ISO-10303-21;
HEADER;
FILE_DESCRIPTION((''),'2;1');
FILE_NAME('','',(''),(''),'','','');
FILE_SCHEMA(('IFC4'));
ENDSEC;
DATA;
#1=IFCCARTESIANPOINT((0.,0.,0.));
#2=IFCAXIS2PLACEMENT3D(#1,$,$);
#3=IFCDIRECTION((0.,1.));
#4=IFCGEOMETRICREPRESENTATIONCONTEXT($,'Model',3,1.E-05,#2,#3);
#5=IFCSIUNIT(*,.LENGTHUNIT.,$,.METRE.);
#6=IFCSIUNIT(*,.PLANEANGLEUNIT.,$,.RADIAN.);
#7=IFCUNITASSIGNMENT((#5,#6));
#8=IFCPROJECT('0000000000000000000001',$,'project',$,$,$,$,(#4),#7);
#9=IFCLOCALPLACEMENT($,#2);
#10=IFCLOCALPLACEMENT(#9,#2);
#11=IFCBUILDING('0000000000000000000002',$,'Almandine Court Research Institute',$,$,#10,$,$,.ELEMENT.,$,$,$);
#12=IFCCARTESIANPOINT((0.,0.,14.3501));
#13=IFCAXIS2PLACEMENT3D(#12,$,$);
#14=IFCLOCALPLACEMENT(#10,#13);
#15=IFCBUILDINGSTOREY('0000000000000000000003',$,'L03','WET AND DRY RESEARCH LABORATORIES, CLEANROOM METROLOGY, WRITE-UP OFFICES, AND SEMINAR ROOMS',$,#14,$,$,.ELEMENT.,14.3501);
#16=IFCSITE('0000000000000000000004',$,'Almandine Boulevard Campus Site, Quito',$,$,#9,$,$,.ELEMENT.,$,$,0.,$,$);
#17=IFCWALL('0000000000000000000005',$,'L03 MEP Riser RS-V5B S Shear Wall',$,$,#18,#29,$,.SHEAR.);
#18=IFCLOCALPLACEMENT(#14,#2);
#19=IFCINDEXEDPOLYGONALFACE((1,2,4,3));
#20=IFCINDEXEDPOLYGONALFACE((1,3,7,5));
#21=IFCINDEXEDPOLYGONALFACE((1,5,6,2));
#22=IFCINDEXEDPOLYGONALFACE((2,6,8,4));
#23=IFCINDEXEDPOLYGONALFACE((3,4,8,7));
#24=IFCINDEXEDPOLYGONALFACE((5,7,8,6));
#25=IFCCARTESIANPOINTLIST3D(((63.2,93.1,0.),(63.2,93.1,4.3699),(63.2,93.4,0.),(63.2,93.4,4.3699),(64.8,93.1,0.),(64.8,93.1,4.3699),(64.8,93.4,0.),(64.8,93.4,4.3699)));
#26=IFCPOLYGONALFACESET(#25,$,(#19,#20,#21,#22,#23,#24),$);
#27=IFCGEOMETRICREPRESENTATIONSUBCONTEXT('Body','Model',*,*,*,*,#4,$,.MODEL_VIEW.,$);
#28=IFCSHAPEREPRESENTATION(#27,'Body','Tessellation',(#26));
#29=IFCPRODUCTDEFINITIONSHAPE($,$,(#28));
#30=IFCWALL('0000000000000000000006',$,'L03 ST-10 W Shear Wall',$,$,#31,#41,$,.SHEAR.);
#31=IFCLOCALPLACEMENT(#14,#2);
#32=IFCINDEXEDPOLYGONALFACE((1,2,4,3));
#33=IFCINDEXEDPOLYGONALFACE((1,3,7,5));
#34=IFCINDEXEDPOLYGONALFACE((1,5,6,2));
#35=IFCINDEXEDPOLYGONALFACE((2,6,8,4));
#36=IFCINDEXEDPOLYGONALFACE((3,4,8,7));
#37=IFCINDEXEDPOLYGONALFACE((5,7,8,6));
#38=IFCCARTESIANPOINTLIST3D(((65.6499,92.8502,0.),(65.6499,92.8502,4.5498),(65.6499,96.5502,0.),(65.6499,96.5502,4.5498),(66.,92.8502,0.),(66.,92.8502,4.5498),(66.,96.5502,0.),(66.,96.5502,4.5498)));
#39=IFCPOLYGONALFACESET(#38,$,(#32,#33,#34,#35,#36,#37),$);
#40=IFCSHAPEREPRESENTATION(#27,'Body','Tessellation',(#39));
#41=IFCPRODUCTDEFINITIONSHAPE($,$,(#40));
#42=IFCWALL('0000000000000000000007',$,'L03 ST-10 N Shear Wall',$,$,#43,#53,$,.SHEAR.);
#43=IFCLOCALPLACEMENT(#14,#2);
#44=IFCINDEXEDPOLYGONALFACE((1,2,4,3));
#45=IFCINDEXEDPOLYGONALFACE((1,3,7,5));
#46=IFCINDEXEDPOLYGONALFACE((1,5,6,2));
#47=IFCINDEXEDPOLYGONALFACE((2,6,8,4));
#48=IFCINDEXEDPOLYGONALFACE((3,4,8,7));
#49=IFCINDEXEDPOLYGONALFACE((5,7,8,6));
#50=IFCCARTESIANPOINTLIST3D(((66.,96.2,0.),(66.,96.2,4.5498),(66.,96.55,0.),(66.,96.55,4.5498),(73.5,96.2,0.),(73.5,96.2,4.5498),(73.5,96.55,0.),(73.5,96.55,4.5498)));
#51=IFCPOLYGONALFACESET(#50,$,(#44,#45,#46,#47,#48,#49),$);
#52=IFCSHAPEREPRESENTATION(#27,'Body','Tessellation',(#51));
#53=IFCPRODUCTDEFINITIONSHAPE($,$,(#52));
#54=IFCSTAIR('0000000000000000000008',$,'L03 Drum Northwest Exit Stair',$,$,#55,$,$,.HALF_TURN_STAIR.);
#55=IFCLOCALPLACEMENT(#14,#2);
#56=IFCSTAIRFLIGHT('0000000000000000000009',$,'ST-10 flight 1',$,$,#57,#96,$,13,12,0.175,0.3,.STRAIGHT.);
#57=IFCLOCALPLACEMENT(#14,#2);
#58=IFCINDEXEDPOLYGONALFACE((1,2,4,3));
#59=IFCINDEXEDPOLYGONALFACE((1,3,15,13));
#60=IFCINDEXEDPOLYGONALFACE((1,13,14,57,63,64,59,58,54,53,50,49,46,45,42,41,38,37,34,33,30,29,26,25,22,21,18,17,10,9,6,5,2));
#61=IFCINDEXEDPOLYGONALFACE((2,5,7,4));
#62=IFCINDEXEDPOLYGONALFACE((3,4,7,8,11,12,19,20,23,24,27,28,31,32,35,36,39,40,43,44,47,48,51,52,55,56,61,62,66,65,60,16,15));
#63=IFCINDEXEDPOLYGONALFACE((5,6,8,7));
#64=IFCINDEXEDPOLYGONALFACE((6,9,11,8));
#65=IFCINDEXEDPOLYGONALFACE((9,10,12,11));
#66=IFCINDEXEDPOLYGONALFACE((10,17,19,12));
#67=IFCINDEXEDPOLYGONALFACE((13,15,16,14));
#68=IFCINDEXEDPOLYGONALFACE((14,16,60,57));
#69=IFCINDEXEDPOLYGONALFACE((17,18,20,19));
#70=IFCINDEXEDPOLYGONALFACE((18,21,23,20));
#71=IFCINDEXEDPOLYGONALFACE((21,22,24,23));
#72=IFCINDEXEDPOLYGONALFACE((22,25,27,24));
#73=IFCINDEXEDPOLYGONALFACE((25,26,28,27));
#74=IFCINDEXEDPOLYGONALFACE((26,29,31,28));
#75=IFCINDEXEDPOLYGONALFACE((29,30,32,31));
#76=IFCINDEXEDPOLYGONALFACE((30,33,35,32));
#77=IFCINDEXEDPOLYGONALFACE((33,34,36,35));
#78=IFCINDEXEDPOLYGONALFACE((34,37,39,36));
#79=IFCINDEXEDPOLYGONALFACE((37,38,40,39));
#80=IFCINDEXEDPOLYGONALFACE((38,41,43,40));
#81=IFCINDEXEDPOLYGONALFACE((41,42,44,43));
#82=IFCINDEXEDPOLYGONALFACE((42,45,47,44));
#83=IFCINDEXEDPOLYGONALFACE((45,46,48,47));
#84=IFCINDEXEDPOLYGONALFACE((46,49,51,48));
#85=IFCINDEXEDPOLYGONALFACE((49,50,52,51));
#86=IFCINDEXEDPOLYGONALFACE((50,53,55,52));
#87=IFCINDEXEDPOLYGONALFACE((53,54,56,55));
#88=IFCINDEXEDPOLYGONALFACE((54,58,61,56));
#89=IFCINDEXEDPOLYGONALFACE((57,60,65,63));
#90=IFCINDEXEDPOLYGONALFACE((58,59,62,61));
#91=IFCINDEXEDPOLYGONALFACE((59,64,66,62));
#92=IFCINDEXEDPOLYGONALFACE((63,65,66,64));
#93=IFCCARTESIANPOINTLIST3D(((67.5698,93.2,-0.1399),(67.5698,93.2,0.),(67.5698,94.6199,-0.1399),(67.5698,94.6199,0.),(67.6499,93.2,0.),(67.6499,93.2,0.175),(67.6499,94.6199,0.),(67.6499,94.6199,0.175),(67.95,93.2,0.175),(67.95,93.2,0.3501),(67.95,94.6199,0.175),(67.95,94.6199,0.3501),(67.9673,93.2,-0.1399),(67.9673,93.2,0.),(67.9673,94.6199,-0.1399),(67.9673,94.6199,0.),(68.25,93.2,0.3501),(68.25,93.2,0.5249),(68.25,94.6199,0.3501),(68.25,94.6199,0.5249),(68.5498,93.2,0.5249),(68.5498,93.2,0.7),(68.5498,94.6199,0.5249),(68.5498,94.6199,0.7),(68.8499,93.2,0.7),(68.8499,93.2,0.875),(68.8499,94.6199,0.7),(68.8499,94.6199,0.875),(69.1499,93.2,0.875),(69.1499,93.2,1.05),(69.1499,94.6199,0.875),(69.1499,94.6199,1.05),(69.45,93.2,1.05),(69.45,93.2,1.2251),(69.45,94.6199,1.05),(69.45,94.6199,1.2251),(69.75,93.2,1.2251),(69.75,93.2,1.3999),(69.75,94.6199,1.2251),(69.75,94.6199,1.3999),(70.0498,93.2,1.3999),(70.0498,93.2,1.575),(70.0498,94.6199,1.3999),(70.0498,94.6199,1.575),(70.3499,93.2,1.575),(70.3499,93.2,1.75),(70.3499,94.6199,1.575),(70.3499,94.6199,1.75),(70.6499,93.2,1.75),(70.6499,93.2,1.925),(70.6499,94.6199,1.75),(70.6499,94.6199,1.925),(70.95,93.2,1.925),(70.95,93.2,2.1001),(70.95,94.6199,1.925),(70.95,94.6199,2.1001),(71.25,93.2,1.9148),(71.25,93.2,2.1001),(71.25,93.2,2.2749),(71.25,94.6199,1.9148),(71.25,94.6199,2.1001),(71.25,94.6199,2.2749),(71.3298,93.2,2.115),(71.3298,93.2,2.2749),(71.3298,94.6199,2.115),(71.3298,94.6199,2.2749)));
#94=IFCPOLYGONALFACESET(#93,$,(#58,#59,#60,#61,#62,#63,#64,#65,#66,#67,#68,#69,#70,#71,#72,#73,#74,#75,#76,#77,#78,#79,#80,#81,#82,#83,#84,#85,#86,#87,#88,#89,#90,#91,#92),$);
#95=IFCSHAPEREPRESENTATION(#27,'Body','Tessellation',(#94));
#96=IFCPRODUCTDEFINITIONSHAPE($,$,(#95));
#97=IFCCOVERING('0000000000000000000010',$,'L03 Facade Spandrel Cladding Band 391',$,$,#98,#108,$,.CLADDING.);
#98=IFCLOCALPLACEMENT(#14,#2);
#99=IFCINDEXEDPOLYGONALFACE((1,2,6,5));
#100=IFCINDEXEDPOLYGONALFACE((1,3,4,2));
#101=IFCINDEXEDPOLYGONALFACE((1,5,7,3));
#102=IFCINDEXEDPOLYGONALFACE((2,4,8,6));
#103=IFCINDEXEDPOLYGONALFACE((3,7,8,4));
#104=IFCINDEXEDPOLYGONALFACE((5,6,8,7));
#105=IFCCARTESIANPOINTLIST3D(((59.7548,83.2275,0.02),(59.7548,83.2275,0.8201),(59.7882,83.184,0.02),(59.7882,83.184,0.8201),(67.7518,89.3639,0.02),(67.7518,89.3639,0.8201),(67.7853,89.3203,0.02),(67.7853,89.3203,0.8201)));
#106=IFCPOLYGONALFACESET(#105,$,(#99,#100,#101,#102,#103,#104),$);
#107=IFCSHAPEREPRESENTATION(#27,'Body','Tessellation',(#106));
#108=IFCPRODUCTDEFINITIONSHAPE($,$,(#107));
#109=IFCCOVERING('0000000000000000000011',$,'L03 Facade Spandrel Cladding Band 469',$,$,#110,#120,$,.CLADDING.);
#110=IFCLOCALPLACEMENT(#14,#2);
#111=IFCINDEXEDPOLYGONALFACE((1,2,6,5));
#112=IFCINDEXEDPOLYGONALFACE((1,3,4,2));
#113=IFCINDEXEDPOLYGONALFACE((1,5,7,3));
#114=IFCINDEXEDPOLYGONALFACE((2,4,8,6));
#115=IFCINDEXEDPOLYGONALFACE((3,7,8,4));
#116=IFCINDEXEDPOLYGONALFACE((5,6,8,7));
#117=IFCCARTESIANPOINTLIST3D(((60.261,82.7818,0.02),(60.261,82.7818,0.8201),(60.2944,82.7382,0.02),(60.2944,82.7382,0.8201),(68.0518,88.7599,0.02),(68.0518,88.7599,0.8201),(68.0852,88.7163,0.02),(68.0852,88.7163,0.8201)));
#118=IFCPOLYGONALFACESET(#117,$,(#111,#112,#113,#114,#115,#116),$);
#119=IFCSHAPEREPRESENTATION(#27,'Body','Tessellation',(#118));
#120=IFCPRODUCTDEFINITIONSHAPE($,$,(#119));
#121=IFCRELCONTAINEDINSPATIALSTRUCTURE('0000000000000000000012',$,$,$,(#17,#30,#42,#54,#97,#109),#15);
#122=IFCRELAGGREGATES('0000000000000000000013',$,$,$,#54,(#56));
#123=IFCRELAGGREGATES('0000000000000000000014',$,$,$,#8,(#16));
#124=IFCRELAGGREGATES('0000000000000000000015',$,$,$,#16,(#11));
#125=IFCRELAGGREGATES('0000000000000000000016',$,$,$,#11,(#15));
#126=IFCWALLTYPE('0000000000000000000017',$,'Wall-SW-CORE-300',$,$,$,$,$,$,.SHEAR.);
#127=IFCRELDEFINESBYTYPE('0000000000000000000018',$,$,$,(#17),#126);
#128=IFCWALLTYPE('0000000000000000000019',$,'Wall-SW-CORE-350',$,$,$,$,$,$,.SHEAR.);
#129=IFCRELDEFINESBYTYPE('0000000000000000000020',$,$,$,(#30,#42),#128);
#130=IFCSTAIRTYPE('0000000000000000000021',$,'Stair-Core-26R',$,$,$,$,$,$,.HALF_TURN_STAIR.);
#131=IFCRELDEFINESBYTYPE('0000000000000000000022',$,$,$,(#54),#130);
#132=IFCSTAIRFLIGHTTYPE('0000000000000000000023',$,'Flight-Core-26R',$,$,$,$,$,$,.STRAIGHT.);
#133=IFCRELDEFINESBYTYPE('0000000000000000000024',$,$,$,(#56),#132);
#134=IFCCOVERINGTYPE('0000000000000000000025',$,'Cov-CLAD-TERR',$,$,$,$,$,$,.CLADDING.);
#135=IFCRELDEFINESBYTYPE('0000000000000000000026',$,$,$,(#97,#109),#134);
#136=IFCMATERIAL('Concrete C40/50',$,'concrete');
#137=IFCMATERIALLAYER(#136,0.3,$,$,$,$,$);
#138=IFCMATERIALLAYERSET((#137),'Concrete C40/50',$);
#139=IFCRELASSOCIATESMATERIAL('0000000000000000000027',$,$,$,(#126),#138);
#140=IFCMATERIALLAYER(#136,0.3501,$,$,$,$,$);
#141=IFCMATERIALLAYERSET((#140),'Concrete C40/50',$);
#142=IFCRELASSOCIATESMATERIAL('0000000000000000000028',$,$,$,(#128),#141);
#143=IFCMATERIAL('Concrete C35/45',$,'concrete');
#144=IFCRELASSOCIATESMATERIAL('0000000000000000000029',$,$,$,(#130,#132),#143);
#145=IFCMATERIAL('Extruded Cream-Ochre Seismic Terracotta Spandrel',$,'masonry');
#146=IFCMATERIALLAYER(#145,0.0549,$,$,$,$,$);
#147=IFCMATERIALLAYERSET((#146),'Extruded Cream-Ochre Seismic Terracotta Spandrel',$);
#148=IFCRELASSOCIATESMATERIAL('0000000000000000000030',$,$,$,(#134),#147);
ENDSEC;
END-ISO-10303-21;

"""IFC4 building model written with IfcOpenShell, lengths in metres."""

from ifc_helpers import new_model, si_unit, direction, frame, frame_2d, origin, origin_2d, place, context, subcontext, project, spatial, polyline, rectangle, outline, extrude, material, layer, layer_set, type_object, element, aggregate, save


model = new_model("IFC4")

# Units and contexts
model_context = context("Model", 3, precision=1e-05, world=origin(), true_north=direction((0.0, 1.0)))
body_context = subcontext(model_context, "Body", "Model", "MODEL_VIEW")
ifc_project = project(units=[si_unit("LENGTHUNIT", "METRE"), si_unit("PLANEANGLEUNIT", "RADIAN")], contexts=[model_context])

# Site, building, storey
site_placement = place(None, origin())
site = spatial("IfcSite", under=ifc_project, at=site_placement, Name="Almandine Boulevard Campus Site, Quito", CompositionType="ELEMENT", RefElevation=0.0)
building_placement = place(site_placement, origin())
building = spatial("IfcBuilding", under=site, at=building_placement, Name="Almandine Court Research Institute", CompositionType="ELEMENT")
storey_placement = place(building_placement, frame((0.0, 0.0, 14.3501)))
storey = spatial("IfcBuildingStorey", under=building, at=storey_placement, Name="L03", Description="WET AND DRY RESEARCH LABORATORIES, CLEANROOM METROLOGY, WRITE-UP OFFICES, AND SEMINAR ROOMS", CompositionType="ELEMENT", Elevation=14.3501)

# Walls
ifc_material_1 = material(Name="Concrete C40/50", Category="concrete")
ifc_layer_1 = layer(ifc_material_1, 0.3)
ifc_layer_set_1 = layer_set([ifc_layer_1], Name="Concrete C40/50")
wall_type_1 = type_object("IfcWallType", Name="Wall-SW-CORE-300", PredefinedType="SHEAR", material=ifc_layer_set_1)
wall_1_placement = place(storey_placement, frame((64.8, 93.25, 0.0), z_axis=(0.0, 0.0, 1.0), x_axis=(-1.0, 0.0, 0.0)))
element("IfcWall", 1, at=wall_1_placement, inside=storey, type_object=wall_type_1, Name="L03 MEP Riser RS-V5B S Shear Wall", PredefinedType="SHEAR", context=body_context, shape_type="SweptSolid", body=[
    extrude(rectangle(XDim=1.6001, YDim=0.3, at=frame_2d((0.8, 0.0))), origin(), (0.0, 0.0, 1.0), 4.3699),
])
ifc_layer_2 = layer(ifc_material_1, 0.3501)
ifc_layer_set_2 = layer_set([ifc_layer_2], Name="Concrete C40/50")
wall_type_2 = type_object("IfcWallType", Name="Wall-SW-CORE-350", PredefinedType="SHEAR", material=ifc_layer_set_2)
wall_2_placement = place(storey_placement, frame((65.825, 92.8501, 0.0), z_axis=(0.0, 0.0, 1.0), x_axis=(0.0, 1.0, 0.0)))
element("IfcWall", 2, at=wall_2_placement, inside=storey, type_object=wall_type_2, Name="L03 ST-10 W Shear Wall", PredefinedType="SHEAR", context=body_context, shape_type="SweptSolid", body=[
    extrude(rectangle(XDim=3.7, YDim=0.3501, at=frame_2d((1.8501, 0.0))), origin(), (0.0, 0.0, 1.0), 4.5498),
])
wall_3_placement = place(storey_placement, frame((66.0, 96.375, 0.0), z_axis=(0.0, 0.0, 1.0), x_axis=(1.0, 0.0, 0.0)))
element("IfcWall", 3, at=wall_3_placement, inside=storey, type_object=wall_type_2, Name="L03 ST-10 N Shear Wall", PredefinedType="SHEAR", context=body_context, shape_type="SweptSolid", body=[
    extrude(rectangle(XDim=7.5, YDim=0.3501, at=frame_2d((3.75, 0.0))), origin(), (0.0, 0.0, 1.0), 4.5498),
])

# Stair, stair flight
ifc_material_2 = material(Name="Concrete C35/45", Category="concrete")
stair_type = type_object("IfcStairType", Name="Stair-Core-26R", PredefinedType="HALF_TURN_STAIR", material=ifc_material_2)
stair_placement = place(storey_placement, origin())
stair = element("IfcStair", 4, at=stair_placement, inside=storey, type_object=stair_type, Name="L03 Drum Northwest Exit Stair", PredefinedType="HALF_TURN_STAIR")
stair_flight_type = type_object("IfcStairFlightType", Name="Flight-Core-26R", PredefinedType="STRAIGHT", material=ifc_material_2)
stair_flight_placement = place(storey_placement, frame((67.6499, 93.9099, 0.0), z_axis=(0.0, 0.0, 1.0), x_axis=(1.0, 0.0, 0.0)))
stair_flight = element("IfcStairFlight", 5, at=stair_flight_placement, type_object=stair_flight_type, Name="ST-10 flight 1", NumberOfRisers=13, NumberOfTreads=12, PredefinedType="STRAIGHT", RiserHeight=0.175, TreadLength=0.3, context=body_context, shape_type="SweptSolid", body=[
    extrude(outline(polyline([(-0.0801, -0.1399), (-0.0801, 0.0), (0.0, 0.0), (0.0, 0.175), (0.3, 0.175), (0.3, 0.3501), (0.6001, 0.3501), (0.6001, 0.5249), (0.8999, 0.5249), (0.8999, 0.7), (1.2, 0.7), (1.2, 0.875), (1.5, 0.875), (1.5, 1.05), (1.8, 1.05), (1.8, 1.2251), (2.1001, 1.2251), (2.1001, 1.3999), (2.3999, 1.3999), (2.3999, 1.575), (2.7, 1.575), (2.7, 1.75), (3.0, 1.75), (3.0, 1.925), (3.3, 1.925), (3.3, 2.1001), (3.6001, 2.1001), (3.6001, 2.2749), (3.6799, 2.2749), (3.6799, 2.115), (3.6001, 1.9148), (0.3174, 0.0), (0.3174, -0.1399), (-0.0801, -0.1399)])), frame((0.0, 0.71, 0.0), z_axis=(0.0, -1.0, 0.0), x_axis=(1.0, 0.0, 0.0)), (0.0, 0.0, 1.0), 1.4199),
])
aggregate(stair, [stair_flight])

# Coverings
ifc_material_3 = material(Name="Extruded Cream-Ochre Seismic Terracotta Spandrel", Category="masonry")
ifc_layer_3 = layer(ifc_material_3, 0.0549)
ifc_layer_set_3 = layer_set([ifc_layer_3], Name="Extruded Cream-Ochre Seismic Terracotta Spandrel")
covering_type = type_object("IfcCoveringType", Name="Cov-CLAD-TERR", PredefinedType="CLADDING", material=ifc_layer_set_3)
covering_1_placement = place(storey_placement, frame((63.77, 86.2739, 0.02), z_axis=(0.0, 0.0, 1.0), x_axis=(-0.793353, -0.608761, 0.0)))
element("IfcCovering", 6, at=covering_1_placement, inside=storey, type_object=covering_type, Name="L03 Facade Spandrel Cladding Band 391", PredefinedType="CLADDING", context=body_context, shape_type="SweptSolid", body=[
    extrude(rectangle(XDim=10.0801, YDim=0.0549, at=origin_2d()), origin(), (0.0, 0.0, 1.0), 0.8),
])
covering_2_placement = place(storey_placement, frame((64.1731, 85.749, 0.02), z_axis=(0.0, 0.0, 1.0), x_axis=(0.793353, 0.608761, 0.0)))
element("IfcCovering", 7, at=covering_2_placement, inside=storey, type_object=covering_type, Name="L03 Facade Spandrel Cladding Band 469", PredefinedType="CLADDING", context=body_context, shape_type="SweptSolid", body=[
    extrude(rectangle(XDim=9.8201, YDim=0.0549, at=origin_2d()), origin(), (0.0, 0.0, 1.0), 0.8),
])

save(model, "model.ifc")
